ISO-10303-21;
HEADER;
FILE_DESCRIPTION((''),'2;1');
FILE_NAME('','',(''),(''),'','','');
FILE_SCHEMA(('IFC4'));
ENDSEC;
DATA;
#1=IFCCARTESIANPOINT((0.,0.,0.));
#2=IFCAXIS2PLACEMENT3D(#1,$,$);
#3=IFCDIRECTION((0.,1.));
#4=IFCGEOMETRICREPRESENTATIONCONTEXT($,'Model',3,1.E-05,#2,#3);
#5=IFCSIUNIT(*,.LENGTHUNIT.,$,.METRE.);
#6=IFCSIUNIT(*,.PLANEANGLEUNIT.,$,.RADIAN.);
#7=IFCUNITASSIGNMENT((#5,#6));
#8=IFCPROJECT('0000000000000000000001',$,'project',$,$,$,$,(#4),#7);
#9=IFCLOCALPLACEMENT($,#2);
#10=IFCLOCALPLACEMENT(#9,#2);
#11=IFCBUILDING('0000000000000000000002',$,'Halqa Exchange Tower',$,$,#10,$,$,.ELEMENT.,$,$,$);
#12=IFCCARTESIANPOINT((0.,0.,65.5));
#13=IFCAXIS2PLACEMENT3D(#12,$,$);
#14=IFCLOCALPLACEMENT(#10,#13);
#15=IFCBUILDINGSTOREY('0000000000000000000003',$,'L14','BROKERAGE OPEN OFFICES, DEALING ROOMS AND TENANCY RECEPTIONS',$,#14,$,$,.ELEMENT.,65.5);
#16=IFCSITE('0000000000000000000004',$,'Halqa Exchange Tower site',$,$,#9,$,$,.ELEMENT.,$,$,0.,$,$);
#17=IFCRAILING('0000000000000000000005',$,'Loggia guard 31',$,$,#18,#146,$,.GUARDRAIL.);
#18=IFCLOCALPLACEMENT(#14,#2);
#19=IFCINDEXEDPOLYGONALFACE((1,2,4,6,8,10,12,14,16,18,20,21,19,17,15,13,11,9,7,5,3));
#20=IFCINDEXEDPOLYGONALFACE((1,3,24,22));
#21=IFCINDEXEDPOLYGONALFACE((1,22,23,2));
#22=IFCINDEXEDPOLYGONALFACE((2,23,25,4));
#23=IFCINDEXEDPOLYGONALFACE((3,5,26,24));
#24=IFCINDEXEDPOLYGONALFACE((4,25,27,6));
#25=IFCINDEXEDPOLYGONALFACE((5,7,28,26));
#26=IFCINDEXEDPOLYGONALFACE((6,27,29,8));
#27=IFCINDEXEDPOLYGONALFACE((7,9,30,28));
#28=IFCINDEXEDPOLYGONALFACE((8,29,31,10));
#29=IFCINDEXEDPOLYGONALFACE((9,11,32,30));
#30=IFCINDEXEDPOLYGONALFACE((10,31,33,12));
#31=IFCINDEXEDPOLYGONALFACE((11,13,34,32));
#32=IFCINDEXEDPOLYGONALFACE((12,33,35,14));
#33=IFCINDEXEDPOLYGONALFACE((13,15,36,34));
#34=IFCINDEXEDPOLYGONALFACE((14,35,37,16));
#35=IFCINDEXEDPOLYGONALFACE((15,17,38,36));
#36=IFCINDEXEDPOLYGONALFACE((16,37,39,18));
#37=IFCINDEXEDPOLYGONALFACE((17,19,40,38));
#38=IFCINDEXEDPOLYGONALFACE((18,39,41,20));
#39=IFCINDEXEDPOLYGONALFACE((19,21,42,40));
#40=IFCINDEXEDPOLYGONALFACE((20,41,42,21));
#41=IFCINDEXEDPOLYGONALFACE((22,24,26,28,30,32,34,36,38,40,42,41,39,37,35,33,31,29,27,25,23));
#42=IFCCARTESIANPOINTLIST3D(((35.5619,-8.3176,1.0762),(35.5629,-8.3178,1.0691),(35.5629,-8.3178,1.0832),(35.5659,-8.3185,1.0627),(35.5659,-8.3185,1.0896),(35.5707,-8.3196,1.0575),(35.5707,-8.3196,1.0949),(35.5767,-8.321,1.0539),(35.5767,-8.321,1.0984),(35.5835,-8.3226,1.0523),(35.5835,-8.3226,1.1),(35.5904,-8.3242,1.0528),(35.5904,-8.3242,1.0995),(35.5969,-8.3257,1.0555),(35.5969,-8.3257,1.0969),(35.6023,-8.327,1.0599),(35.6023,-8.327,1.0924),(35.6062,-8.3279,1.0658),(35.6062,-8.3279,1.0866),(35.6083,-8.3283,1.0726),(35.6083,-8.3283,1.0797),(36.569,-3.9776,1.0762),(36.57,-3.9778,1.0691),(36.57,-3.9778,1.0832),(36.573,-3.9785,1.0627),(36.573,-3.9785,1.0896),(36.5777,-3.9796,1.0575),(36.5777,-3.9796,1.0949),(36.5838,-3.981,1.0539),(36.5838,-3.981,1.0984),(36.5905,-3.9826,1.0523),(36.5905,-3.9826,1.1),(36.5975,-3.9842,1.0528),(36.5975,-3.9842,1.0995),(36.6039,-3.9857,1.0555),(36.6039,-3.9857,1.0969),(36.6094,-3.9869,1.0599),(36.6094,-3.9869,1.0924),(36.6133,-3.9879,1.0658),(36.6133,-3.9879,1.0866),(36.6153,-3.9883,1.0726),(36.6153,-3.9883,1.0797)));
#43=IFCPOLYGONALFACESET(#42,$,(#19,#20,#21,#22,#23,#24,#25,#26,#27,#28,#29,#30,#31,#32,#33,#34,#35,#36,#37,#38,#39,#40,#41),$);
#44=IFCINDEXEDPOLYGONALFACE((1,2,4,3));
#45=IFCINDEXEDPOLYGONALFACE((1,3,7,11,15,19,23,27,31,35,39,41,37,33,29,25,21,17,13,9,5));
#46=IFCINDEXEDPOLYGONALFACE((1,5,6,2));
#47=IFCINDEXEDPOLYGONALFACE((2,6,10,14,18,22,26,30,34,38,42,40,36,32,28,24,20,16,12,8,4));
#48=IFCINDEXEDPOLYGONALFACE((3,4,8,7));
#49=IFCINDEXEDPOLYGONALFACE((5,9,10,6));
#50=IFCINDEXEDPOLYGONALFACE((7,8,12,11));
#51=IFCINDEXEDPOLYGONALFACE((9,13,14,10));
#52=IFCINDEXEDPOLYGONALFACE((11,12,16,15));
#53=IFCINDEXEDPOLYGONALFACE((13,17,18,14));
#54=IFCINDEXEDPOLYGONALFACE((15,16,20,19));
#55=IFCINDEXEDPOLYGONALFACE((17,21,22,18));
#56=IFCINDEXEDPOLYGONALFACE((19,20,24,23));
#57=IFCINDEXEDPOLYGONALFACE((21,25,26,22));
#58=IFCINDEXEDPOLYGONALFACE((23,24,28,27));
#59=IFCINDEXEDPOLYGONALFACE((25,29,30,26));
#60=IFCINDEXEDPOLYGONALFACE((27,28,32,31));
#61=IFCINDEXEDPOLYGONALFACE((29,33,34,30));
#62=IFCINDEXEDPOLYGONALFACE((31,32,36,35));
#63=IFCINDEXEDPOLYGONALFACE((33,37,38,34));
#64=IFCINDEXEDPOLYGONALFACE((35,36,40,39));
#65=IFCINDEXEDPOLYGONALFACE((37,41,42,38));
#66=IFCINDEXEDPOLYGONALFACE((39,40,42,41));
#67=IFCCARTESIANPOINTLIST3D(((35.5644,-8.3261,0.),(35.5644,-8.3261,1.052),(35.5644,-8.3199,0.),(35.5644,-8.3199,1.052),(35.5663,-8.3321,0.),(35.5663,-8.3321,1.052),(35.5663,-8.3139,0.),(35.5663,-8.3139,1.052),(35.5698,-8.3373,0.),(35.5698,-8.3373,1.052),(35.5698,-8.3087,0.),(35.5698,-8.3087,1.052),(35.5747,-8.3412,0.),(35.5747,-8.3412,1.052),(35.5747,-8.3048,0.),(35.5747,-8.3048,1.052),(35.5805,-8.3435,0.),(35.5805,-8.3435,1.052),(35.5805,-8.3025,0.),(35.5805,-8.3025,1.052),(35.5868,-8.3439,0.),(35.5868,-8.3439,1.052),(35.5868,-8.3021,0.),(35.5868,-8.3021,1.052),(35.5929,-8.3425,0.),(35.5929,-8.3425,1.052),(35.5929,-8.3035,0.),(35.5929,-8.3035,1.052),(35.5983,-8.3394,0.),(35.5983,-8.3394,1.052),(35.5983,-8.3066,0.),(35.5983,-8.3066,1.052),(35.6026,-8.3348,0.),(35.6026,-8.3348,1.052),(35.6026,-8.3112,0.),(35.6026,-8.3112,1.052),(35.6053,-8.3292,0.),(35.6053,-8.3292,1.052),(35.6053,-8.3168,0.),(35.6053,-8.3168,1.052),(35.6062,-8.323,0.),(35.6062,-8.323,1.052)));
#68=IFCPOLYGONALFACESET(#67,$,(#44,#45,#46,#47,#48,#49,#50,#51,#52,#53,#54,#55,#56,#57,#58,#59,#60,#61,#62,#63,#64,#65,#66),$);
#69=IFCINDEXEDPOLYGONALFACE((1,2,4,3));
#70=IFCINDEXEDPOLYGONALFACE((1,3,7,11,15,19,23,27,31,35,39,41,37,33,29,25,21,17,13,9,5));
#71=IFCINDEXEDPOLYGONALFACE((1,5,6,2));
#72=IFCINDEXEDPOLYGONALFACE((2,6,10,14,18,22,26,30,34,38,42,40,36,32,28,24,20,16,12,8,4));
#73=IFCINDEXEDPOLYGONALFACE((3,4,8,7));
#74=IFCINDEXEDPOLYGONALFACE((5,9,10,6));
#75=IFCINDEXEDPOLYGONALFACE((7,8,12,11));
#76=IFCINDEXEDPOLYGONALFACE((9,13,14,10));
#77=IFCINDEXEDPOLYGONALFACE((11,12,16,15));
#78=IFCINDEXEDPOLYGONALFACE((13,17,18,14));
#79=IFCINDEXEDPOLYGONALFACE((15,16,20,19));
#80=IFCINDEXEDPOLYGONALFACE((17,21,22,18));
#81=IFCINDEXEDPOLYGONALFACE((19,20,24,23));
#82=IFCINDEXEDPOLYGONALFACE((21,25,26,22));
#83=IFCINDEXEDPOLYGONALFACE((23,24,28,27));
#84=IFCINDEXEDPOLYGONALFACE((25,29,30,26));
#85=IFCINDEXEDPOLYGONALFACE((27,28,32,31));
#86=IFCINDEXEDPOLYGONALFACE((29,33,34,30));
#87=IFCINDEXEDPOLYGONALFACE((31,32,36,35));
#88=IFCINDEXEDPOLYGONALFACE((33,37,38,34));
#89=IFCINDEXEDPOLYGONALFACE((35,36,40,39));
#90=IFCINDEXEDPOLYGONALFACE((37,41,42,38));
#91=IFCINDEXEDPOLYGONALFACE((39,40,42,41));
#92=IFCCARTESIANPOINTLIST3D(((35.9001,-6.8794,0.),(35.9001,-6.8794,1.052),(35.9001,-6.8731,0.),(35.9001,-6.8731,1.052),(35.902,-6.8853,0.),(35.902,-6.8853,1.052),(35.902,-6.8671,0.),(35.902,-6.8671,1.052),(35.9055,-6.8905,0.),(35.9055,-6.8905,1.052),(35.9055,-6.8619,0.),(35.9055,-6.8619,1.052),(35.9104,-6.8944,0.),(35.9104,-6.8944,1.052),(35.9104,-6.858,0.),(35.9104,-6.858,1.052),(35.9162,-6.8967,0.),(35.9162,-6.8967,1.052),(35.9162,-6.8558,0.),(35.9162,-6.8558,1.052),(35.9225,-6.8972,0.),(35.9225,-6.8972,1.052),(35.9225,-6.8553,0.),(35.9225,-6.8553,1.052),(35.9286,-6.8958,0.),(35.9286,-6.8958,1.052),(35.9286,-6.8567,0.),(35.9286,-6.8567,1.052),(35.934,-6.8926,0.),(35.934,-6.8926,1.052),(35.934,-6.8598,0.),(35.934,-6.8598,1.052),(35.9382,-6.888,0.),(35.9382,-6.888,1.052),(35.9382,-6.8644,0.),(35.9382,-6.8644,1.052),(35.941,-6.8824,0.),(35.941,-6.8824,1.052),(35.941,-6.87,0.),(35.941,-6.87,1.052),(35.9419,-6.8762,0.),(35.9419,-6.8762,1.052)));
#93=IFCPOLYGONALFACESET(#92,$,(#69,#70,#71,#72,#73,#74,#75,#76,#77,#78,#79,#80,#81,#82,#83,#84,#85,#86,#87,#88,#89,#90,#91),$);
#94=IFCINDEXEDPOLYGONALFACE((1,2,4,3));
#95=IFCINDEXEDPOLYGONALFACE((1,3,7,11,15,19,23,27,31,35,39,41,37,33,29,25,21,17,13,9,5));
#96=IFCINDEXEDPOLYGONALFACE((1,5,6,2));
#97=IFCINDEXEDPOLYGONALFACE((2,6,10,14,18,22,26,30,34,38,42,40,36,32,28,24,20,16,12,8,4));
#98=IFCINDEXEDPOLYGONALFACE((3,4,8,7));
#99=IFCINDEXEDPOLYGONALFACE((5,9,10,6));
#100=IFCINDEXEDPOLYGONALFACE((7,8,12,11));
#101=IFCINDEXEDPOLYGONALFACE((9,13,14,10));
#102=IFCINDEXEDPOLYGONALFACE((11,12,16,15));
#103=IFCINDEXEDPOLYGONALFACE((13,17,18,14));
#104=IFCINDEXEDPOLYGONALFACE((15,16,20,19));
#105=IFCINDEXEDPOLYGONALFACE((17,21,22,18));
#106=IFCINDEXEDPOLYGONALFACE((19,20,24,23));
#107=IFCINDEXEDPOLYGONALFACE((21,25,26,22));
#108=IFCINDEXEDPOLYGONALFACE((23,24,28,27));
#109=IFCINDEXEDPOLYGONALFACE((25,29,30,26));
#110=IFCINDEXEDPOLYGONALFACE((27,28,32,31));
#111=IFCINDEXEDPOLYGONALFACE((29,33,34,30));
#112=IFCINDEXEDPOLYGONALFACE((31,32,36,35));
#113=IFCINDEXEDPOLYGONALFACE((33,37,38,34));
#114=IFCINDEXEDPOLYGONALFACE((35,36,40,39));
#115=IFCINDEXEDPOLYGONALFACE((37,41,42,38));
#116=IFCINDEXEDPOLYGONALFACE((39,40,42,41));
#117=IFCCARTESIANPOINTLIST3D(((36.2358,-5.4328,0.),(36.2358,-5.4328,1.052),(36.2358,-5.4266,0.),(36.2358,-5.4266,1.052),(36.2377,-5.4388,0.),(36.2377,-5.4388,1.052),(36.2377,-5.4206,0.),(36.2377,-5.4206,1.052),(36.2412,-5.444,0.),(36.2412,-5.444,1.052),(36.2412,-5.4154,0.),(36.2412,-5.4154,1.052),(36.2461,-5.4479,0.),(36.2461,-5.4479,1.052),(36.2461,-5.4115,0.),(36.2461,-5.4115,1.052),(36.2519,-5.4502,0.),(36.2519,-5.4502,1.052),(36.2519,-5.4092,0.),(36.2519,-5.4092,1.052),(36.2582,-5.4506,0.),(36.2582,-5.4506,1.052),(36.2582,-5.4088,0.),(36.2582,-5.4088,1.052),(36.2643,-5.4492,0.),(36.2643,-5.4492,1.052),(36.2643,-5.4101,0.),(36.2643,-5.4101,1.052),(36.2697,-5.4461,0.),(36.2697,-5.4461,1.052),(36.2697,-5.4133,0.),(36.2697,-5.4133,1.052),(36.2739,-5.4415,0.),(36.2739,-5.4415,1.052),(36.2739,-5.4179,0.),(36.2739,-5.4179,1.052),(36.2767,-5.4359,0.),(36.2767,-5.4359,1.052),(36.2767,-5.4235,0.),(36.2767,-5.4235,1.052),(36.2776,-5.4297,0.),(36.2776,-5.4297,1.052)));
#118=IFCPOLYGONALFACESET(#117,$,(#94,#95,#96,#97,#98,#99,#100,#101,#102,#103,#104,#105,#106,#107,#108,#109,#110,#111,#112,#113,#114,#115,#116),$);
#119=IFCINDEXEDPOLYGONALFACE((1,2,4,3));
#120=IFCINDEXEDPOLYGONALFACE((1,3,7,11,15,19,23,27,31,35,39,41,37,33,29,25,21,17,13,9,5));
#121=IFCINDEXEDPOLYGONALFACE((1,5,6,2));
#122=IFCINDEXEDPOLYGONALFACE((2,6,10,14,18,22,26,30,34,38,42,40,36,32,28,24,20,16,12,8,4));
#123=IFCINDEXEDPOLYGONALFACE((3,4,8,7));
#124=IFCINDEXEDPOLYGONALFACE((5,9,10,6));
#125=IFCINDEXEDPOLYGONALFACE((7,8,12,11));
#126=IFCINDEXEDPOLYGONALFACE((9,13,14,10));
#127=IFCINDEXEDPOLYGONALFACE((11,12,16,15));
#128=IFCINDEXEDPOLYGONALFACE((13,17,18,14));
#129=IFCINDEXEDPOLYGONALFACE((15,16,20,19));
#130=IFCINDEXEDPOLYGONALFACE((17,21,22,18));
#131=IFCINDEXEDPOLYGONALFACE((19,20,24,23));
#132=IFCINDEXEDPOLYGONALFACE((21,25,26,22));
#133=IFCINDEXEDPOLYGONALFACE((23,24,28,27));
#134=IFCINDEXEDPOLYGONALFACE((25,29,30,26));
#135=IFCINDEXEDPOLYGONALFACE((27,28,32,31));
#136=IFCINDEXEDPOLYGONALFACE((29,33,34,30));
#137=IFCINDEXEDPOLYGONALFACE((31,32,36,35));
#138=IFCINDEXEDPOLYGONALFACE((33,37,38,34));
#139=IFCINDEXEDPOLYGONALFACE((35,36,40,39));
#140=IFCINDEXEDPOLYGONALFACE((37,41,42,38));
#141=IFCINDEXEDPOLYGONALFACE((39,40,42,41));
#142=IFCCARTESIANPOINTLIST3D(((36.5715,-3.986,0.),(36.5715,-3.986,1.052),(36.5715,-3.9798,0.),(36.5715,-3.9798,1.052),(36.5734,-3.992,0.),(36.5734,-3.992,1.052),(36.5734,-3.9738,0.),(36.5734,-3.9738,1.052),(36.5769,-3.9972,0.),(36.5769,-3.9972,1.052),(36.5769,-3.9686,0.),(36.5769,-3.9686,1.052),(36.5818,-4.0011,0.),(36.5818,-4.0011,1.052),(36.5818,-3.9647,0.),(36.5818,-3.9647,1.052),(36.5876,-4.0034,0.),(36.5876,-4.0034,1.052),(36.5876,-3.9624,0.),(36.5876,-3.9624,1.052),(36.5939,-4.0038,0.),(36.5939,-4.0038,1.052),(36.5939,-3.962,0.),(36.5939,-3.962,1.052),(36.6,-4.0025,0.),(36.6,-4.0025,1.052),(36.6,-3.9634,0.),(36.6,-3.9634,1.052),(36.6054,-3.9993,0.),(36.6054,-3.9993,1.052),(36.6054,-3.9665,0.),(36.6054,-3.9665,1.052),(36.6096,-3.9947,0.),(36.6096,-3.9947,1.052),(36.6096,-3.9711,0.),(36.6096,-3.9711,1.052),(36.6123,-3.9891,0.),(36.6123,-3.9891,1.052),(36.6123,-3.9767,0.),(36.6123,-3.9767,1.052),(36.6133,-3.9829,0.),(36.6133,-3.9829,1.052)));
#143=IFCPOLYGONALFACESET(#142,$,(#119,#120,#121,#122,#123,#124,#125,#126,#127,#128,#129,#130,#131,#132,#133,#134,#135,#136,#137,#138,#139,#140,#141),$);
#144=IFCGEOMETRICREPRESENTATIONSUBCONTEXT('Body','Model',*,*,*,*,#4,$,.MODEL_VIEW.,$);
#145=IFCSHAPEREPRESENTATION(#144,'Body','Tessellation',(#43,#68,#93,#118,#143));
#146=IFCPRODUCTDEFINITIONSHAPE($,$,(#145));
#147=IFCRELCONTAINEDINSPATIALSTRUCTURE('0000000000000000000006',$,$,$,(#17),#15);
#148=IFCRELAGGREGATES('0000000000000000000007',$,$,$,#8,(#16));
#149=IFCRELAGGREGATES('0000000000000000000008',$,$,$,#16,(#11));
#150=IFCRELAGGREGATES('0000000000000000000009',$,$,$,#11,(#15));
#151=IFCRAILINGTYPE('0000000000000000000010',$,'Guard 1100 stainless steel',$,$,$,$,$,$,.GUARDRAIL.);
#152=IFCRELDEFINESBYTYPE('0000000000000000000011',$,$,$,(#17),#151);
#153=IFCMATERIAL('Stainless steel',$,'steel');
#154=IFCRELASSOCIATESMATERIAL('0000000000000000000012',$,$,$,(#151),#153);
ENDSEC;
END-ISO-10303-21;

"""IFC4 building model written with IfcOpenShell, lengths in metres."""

from ifc_helpers import new_model, si_unit, direction, frame, origin, origin_2d, place, context, subcontext, project, spatial, circle, extrude, material, type_object, element, save


model = new_model("IFC4")

# Units and contexts
model_context = context("Model", 3, precision=1e-05, world=origin(), true_north=direction((0.0, 1.0)))
body_context = subcontext(model_context, "Body", "Model", "MODEL_VIEW")
ifc_project = project(units=[si_unit("LENGTHUNIT", "METRE"), si_unit("PLANEANGLEUNIT", "RADIAN")], contexts=[model_context])

# Site, building, storey
site_placement = place(None, origin())
site = spatial("IfcSite", under=ifc_project, at=site_placement, Name="Halqa Exchange Tower site", CompositionType="ELEMENT", RefElevation=0.0)
building_placement = place(site_placement, origin())
building = spatial("IfcBuilding", under=site, at=building_placement, Name="Halqa Exchange Tower", CompositionType="ELEMENT")
storey_placement = place(building_placement, frame((0.0, 0.0, 65.5)))
storey = spatial("IfcBuildingStorey", under=building, at=storey_placement, Name="L14", Description="BROKERAGE OPEN OFFICES, DEALING ROOMS AND TENANCY RECEPTIONS", CompositionType="ELEMENT", Elevation=65.5)

# Railing
ifc_material_1 = material(Name="Stainless steel", Category="steel")
railing_type = type_object("IfcRailingType", Name="Guard 1100 stainless steel", PredefinedType="GUARDRAIL", material=ifc_material_1)
railing_1_placement = place(storey_placement, frame((35.5852, -8.323, 0.0)))
element("IfcRailing", 1, at=railing_1_placement, inside=storey, type_object=railing_type, Name="Loggia guard 31", PredefinedType="GUARDRAIL", context=body_context, shape_type="SweptSolid", body=[
    extrude(circle(Radius=0.0239, at=origin_2d()), frame((0.0, 0.0, 1.0762), z_axis=(0.226036, 0.974119, 0.0), x_axis=(-0.974119, 0.226036, 0.0)), (0.0, 0.0, 1.0), 4.4553),
    extrude(circle(Radius=0.021, at=origin_2d()), origin(), (0.0, 0.0, 1.0), 1.052),
    extrude(circle(Radius=0.021, at=origin_2d()), frame((0.3357, 1.4468, 0.0)), (0.0, 0.0, 1.0), 1.052),
    extrude(circle(Radius=0.021, at=origin_2d()), frame((0.6714, 2.8933, 0.0)), (0.0, 0.0, 1.0), 1.052),
    extrude(circle(Radius=0.021, at=origin_2d()), frame((1.0071, 4.3401, 0.0)), (0.0, 0.0, 1.0), 1.052),
])

save(model, "model.ifc")
